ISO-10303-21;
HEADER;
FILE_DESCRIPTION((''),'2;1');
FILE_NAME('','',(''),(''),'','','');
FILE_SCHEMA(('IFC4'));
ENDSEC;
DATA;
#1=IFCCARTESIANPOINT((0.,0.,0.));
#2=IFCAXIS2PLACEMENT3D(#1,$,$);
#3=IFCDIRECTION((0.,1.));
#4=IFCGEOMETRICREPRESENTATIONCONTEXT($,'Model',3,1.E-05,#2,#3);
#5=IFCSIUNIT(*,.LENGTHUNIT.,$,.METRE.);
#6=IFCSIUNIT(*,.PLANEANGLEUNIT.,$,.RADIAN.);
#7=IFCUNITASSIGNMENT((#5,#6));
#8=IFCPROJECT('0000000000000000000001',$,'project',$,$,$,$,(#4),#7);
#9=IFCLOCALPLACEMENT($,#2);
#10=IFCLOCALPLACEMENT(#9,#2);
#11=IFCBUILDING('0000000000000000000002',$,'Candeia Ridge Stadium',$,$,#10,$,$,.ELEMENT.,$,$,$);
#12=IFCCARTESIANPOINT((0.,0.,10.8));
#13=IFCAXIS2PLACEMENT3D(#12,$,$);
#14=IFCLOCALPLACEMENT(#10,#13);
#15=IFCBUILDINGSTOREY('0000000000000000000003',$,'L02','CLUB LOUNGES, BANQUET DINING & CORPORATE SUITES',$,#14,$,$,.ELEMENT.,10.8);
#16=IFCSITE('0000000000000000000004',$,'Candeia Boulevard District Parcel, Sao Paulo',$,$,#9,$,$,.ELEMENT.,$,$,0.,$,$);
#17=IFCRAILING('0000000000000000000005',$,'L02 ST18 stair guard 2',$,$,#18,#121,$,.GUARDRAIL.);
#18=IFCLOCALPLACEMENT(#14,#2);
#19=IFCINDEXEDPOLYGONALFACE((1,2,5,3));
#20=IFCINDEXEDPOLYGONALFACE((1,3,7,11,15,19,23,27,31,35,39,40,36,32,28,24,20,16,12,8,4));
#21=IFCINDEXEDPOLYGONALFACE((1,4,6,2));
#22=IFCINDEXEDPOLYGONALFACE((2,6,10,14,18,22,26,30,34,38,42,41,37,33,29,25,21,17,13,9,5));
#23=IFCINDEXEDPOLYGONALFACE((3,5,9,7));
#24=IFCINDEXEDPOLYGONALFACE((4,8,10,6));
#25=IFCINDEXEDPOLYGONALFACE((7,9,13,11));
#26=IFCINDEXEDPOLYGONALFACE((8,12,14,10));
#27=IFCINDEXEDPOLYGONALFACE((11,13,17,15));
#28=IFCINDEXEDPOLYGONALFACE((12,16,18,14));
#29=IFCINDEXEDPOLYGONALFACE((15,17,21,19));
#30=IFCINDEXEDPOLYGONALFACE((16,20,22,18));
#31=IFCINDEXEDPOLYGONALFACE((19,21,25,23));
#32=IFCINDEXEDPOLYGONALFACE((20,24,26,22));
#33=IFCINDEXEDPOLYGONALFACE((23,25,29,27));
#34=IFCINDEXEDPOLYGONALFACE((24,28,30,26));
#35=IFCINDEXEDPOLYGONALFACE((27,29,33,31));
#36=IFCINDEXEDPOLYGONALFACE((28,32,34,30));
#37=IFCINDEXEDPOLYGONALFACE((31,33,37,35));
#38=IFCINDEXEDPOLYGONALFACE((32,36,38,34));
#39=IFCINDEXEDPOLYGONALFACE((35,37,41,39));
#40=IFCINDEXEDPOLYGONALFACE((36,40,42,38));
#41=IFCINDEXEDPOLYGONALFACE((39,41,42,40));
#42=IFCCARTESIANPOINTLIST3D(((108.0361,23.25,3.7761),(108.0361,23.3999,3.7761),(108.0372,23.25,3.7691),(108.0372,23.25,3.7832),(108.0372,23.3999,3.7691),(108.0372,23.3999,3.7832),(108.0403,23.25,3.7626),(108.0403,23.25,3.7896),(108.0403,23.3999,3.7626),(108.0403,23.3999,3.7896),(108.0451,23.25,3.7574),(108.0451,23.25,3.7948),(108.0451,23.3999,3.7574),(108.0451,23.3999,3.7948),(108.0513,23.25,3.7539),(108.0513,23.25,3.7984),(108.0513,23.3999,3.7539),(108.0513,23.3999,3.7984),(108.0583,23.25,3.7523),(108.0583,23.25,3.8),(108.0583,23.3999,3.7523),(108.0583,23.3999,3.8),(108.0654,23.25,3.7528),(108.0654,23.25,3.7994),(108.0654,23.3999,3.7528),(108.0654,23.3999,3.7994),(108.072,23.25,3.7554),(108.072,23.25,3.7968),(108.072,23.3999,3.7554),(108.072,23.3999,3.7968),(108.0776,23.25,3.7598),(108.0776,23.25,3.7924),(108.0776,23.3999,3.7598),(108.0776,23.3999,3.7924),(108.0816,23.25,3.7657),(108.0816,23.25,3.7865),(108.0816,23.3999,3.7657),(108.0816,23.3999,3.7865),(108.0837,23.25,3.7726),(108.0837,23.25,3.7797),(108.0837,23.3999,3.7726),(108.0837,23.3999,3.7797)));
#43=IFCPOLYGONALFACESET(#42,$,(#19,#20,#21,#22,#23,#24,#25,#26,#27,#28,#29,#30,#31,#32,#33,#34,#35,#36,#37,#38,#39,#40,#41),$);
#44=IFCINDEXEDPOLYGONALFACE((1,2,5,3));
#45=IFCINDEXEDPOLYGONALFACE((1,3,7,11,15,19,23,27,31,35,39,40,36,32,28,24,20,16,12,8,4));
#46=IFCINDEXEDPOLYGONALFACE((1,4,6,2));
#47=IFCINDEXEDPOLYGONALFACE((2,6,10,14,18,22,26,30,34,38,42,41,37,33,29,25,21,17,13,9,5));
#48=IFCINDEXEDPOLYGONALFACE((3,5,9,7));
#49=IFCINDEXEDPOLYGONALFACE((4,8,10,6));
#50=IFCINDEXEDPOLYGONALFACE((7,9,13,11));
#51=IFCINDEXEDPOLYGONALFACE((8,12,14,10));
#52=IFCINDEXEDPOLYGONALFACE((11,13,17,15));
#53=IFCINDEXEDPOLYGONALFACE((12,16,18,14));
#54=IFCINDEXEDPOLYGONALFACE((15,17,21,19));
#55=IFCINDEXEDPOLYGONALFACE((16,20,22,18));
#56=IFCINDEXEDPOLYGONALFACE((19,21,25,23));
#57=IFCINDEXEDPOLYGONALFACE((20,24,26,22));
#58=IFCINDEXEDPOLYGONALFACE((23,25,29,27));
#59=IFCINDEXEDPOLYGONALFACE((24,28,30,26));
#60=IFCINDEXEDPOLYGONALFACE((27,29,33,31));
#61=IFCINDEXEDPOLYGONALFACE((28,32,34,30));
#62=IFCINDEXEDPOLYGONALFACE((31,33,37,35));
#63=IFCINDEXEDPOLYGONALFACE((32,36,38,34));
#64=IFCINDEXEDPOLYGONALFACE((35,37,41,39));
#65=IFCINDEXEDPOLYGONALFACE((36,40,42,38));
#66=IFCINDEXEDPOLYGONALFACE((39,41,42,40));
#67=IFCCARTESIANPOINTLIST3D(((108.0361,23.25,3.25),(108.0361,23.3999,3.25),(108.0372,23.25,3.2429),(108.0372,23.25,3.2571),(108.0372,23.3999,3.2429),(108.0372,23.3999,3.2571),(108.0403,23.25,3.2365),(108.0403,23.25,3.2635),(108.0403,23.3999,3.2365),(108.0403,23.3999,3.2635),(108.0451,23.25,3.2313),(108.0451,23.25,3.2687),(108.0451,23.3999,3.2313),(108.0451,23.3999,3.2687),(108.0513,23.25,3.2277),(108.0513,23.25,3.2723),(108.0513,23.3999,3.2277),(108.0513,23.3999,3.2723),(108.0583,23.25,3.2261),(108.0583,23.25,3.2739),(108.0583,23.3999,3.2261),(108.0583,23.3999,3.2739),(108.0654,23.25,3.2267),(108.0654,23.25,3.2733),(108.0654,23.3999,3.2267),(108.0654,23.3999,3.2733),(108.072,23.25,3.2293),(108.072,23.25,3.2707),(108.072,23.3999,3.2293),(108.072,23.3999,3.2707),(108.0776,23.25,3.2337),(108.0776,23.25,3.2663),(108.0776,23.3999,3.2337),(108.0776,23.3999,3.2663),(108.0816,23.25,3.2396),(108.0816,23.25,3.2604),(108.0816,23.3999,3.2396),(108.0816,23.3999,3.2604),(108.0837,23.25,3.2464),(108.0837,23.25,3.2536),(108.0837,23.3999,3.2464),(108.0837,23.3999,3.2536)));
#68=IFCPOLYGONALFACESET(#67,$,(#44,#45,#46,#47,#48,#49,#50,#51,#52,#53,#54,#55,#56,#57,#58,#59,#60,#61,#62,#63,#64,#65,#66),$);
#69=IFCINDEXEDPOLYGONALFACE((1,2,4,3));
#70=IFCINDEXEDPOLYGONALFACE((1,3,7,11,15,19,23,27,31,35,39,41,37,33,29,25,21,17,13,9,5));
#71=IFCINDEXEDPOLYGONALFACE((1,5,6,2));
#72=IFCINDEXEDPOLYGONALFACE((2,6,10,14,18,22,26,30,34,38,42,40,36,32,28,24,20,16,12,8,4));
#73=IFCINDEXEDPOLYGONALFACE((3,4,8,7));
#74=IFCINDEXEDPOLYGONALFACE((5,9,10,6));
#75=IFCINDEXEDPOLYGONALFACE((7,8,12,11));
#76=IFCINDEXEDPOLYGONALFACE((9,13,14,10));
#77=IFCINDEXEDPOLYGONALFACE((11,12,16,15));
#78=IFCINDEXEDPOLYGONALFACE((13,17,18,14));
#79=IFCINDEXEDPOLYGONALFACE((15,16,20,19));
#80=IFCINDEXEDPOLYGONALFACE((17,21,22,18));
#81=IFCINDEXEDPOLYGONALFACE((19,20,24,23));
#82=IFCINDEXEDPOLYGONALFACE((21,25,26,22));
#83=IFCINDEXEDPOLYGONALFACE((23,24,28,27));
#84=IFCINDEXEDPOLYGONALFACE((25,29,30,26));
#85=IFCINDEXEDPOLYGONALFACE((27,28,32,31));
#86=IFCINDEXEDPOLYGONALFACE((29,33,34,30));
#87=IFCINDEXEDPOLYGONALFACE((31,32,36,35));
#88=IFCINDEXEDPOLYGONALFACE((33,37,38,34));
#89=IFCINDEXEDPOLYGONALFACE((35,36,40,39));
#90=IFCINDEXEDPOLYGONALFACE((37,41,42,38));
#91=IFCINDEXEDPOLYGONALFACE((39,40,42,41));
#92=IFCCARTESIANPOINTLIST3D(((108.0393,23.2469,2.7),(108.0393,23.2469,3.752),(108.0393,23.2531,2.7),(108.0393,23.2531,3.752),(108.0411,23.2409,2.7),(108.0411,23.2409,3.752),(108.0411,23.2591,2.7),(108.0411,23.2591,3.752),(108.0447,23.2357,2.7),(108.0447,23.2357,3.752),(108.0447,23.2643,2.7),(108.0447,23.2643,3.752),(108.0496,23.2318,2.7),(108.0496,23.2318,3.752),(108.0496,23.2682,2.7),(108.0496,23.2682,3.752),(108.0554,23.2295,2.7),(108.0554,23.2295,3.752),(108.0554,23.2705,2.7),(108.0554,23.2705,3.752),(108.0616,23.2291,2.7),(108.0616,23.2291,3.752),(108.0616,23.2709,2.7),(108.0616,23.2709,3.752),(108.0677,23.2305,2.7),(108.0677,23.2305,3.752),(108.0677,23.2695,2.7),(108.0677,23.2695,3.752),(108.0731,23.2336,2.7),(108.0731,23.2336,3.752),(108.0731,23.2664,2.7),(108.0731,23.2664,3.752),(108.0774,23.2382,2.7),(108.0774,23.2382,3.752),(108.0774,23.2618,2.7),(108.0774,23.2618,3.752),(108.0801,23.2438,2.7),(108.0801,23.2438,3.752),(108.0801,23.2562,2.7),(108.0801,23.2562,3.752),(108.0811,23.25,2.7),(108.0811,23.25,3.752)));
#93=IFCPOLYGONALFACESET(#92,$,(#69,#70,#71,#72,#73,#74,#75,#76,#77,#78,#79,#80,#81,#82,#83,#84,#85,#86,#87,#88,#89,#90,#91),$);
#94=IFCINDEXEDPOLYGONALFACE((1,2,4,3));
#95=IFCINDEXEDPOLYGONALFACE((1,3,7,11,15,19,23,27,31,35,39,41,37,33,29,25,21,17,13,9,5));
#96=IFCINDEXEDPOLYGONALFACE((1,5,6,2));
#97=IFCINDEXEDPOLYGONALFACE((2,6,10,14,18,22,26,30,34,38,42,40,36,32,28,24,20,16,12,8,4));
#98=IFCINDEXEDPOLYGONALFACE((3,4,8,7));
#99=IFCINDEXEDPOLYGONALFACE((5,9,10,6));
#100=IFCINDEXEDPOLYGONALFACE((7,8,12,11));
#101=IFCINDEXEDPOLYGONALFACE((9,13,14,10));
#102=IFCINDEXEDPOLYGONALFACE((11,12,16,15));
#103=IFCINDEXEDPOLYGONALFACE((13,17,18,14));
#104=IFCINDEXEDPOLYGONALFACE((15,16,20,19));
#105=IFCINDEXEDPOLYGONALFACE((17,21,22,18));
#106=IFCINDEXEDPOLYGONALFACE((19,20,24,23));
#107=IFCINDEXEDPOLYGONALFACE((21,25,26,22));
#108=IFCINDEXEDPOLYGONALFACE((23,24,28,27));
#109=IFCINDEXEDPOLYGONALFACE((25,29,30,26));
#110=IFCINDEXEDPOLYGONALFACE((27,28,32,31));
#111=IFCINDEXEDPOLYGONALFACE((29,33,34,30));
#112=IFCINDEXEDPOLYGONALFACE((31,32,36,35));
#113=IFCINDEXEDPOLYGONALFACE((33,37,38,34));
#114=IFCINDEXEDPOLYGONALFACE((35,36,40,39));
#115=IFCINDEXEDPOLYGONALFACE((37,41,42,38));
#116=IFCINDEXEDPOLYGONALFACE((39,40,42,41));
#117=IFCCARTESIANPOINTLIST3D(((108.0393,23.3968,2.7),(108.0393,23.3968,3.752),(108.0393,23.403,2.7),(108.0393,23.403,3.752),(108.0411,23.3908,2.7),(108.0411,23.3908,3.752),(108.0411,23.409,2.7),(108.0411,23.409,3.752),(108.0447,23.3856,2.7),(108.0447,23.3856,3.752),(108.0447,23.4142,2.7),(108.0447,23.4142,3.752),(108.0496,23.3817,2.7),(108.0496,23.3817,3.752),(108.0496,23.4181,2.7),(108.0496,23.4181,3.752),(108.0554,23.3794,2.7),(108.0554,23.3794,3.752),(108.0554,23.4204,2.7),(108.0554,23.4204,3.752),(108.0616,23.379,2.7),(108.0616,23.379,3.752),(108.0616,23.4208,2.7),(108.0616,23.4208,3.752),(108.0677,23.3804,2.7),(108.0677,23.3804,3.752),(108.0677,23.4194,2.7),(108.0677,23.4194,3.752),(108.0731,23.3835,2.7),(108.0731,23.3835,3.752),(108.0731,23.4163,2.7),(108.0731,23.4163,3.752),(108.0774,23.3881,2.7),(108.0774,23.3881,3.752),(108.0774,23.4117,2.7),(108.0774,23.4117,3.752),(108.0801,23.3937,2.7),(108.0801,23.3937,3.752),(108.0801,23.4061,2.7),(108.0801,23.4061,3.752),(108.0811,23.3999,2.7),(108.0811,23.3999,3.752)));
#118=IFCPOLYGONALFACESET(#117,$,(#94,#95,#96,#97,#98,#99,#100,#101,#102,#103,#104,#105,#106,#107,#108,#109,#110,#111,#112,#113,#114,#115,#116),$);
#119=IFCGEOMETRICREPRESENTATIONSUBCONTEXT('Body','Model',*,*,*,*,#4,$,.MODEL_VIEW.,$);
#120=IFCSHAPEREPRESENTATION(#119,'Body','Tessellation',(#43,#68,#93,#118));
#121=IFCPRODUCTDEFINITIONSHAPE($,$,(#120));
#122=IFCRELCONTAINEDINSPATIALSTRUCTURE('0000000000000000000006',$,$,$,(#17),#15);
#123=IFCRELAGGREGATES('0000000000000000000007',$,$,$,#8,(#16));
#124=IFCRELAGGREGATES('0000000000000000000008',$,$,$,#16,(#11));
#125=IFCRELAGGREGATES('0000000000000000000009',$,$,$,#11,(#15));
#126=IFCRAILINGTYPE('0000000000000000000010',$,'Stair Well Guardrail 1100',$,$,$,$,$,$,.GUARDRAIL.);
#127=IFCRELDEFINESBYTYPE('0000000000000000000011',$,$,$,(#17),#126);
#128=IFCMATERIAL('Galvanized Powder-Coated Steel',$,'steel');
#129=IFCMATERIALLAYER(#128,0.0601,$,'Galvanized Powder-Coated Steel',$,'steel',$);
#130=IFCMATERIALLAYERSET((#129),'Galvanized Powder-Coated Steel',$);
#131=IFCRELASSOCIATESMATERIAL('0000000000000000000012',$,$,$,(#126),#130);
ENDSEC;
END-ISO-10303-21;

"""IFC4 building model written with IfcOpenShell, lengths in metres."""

from ifc_helpers import new_model, si_unit, direction, frame, origin, origin_2d, place, context, subcontext, project, spatial, circle, extrude, material, layer, layer_set, type_object, element, save


model = new_model("IFC4")

# Units and contexts
model_context = context("Model", 3, precision=1e-05, world=origin(), true_north=direction((0.0, 1.0)))
body_context = subcontext(model_context, "Body", "Model", "MODEL_VIEW")
ifc_project = project(units=[si_unit("LENGTHUNIT", "METRE"), si_unit("PLANEANGLEUNIT", "RADIAN")], contexts=[model_context])

# Site, building, storey
site_placement = place(None, origin())
site = spatial("IfcSite", under=ifc_project, at=site_placement, Name="Candeia Boulevard District Parcel, Sao Paulo", CompositionType="ELEMENT", RefElevation=0.0)
building_placement = place(site_placement, origin())
building = spatial("IfcBuilding", under=site, at=building_placement, Name="Candeia Ridge Stadium", CompositionType="ELEMENT")
storey_placement = place(building_placement, frame((0.0, 0.0, 10.8)))
storey = spatial("IfcBuildingStorey", under=building, at=storey_placement, Name="L02", Description="CLUB LOUNGES, BANQUET DINING & CORPORATE SUITES", CompositionType="ELEMENT", Elevation=10.8)

# Railing
ifc_material_1 = material(Name="Galvanized Powder-Coated Steel", Category="steel")
ifc_layer_1 = layer(ifc_material_1, 0.0601, Name="Galvanized Powder-Coated Steel", Category="steel")
ifc_layer_set_1 = layer_set([ifc_layer_1], Name="Galvanized Powder-Coated Steel")
railing_type_1 = type_object("IfcRailingType", Name="Stair Well Guardrail 1100", PredefinedType="GUARDRAIL", material=ifc_layer_set_1)
railing_1_placement = place(storey_placement, frame((108.0601, 23.25, 2.7)))
element("IfcRailing", 1, at=railing_1_placement, inside=storey, type_object=railing_type_1, Name="L02 ST18 stair guard 2", PredefinedType="GUARDRAIL", context=body_context, shape_type="SweptSolid", body=[
    extrude(circle(Radius=0.0239, at=origin_2d()), frame((0.0, 0.0, 1.0762), z_axis=(0.0, 1.0, 0.0), x_axis=(-1.0, 0.0, 0.0)), (0.0, 0.0, 1.0), 0.1499),
    extrude(circle(Radius=0.0239, at=origin_2d()), frame((0.0, 0.0, 0.55), z_axis=(0.0, 1.0, 0.0), x_axis=(-1.0, 0.0, 0.0)), (0.0, 0.0, 1.0), 0.1499),
    extrude(circle(Radius=0.021, at=origin_2d()), origin(), (0.0, 0.0, 1.0), 1.052),
    extrude(circle(Radius=0.021, at=origin_2d()), frame((0.0, 0.1499, 0.0)), (0.0, 0.0, 1.0), 1.052),
])

save(model, "model.ifc")
